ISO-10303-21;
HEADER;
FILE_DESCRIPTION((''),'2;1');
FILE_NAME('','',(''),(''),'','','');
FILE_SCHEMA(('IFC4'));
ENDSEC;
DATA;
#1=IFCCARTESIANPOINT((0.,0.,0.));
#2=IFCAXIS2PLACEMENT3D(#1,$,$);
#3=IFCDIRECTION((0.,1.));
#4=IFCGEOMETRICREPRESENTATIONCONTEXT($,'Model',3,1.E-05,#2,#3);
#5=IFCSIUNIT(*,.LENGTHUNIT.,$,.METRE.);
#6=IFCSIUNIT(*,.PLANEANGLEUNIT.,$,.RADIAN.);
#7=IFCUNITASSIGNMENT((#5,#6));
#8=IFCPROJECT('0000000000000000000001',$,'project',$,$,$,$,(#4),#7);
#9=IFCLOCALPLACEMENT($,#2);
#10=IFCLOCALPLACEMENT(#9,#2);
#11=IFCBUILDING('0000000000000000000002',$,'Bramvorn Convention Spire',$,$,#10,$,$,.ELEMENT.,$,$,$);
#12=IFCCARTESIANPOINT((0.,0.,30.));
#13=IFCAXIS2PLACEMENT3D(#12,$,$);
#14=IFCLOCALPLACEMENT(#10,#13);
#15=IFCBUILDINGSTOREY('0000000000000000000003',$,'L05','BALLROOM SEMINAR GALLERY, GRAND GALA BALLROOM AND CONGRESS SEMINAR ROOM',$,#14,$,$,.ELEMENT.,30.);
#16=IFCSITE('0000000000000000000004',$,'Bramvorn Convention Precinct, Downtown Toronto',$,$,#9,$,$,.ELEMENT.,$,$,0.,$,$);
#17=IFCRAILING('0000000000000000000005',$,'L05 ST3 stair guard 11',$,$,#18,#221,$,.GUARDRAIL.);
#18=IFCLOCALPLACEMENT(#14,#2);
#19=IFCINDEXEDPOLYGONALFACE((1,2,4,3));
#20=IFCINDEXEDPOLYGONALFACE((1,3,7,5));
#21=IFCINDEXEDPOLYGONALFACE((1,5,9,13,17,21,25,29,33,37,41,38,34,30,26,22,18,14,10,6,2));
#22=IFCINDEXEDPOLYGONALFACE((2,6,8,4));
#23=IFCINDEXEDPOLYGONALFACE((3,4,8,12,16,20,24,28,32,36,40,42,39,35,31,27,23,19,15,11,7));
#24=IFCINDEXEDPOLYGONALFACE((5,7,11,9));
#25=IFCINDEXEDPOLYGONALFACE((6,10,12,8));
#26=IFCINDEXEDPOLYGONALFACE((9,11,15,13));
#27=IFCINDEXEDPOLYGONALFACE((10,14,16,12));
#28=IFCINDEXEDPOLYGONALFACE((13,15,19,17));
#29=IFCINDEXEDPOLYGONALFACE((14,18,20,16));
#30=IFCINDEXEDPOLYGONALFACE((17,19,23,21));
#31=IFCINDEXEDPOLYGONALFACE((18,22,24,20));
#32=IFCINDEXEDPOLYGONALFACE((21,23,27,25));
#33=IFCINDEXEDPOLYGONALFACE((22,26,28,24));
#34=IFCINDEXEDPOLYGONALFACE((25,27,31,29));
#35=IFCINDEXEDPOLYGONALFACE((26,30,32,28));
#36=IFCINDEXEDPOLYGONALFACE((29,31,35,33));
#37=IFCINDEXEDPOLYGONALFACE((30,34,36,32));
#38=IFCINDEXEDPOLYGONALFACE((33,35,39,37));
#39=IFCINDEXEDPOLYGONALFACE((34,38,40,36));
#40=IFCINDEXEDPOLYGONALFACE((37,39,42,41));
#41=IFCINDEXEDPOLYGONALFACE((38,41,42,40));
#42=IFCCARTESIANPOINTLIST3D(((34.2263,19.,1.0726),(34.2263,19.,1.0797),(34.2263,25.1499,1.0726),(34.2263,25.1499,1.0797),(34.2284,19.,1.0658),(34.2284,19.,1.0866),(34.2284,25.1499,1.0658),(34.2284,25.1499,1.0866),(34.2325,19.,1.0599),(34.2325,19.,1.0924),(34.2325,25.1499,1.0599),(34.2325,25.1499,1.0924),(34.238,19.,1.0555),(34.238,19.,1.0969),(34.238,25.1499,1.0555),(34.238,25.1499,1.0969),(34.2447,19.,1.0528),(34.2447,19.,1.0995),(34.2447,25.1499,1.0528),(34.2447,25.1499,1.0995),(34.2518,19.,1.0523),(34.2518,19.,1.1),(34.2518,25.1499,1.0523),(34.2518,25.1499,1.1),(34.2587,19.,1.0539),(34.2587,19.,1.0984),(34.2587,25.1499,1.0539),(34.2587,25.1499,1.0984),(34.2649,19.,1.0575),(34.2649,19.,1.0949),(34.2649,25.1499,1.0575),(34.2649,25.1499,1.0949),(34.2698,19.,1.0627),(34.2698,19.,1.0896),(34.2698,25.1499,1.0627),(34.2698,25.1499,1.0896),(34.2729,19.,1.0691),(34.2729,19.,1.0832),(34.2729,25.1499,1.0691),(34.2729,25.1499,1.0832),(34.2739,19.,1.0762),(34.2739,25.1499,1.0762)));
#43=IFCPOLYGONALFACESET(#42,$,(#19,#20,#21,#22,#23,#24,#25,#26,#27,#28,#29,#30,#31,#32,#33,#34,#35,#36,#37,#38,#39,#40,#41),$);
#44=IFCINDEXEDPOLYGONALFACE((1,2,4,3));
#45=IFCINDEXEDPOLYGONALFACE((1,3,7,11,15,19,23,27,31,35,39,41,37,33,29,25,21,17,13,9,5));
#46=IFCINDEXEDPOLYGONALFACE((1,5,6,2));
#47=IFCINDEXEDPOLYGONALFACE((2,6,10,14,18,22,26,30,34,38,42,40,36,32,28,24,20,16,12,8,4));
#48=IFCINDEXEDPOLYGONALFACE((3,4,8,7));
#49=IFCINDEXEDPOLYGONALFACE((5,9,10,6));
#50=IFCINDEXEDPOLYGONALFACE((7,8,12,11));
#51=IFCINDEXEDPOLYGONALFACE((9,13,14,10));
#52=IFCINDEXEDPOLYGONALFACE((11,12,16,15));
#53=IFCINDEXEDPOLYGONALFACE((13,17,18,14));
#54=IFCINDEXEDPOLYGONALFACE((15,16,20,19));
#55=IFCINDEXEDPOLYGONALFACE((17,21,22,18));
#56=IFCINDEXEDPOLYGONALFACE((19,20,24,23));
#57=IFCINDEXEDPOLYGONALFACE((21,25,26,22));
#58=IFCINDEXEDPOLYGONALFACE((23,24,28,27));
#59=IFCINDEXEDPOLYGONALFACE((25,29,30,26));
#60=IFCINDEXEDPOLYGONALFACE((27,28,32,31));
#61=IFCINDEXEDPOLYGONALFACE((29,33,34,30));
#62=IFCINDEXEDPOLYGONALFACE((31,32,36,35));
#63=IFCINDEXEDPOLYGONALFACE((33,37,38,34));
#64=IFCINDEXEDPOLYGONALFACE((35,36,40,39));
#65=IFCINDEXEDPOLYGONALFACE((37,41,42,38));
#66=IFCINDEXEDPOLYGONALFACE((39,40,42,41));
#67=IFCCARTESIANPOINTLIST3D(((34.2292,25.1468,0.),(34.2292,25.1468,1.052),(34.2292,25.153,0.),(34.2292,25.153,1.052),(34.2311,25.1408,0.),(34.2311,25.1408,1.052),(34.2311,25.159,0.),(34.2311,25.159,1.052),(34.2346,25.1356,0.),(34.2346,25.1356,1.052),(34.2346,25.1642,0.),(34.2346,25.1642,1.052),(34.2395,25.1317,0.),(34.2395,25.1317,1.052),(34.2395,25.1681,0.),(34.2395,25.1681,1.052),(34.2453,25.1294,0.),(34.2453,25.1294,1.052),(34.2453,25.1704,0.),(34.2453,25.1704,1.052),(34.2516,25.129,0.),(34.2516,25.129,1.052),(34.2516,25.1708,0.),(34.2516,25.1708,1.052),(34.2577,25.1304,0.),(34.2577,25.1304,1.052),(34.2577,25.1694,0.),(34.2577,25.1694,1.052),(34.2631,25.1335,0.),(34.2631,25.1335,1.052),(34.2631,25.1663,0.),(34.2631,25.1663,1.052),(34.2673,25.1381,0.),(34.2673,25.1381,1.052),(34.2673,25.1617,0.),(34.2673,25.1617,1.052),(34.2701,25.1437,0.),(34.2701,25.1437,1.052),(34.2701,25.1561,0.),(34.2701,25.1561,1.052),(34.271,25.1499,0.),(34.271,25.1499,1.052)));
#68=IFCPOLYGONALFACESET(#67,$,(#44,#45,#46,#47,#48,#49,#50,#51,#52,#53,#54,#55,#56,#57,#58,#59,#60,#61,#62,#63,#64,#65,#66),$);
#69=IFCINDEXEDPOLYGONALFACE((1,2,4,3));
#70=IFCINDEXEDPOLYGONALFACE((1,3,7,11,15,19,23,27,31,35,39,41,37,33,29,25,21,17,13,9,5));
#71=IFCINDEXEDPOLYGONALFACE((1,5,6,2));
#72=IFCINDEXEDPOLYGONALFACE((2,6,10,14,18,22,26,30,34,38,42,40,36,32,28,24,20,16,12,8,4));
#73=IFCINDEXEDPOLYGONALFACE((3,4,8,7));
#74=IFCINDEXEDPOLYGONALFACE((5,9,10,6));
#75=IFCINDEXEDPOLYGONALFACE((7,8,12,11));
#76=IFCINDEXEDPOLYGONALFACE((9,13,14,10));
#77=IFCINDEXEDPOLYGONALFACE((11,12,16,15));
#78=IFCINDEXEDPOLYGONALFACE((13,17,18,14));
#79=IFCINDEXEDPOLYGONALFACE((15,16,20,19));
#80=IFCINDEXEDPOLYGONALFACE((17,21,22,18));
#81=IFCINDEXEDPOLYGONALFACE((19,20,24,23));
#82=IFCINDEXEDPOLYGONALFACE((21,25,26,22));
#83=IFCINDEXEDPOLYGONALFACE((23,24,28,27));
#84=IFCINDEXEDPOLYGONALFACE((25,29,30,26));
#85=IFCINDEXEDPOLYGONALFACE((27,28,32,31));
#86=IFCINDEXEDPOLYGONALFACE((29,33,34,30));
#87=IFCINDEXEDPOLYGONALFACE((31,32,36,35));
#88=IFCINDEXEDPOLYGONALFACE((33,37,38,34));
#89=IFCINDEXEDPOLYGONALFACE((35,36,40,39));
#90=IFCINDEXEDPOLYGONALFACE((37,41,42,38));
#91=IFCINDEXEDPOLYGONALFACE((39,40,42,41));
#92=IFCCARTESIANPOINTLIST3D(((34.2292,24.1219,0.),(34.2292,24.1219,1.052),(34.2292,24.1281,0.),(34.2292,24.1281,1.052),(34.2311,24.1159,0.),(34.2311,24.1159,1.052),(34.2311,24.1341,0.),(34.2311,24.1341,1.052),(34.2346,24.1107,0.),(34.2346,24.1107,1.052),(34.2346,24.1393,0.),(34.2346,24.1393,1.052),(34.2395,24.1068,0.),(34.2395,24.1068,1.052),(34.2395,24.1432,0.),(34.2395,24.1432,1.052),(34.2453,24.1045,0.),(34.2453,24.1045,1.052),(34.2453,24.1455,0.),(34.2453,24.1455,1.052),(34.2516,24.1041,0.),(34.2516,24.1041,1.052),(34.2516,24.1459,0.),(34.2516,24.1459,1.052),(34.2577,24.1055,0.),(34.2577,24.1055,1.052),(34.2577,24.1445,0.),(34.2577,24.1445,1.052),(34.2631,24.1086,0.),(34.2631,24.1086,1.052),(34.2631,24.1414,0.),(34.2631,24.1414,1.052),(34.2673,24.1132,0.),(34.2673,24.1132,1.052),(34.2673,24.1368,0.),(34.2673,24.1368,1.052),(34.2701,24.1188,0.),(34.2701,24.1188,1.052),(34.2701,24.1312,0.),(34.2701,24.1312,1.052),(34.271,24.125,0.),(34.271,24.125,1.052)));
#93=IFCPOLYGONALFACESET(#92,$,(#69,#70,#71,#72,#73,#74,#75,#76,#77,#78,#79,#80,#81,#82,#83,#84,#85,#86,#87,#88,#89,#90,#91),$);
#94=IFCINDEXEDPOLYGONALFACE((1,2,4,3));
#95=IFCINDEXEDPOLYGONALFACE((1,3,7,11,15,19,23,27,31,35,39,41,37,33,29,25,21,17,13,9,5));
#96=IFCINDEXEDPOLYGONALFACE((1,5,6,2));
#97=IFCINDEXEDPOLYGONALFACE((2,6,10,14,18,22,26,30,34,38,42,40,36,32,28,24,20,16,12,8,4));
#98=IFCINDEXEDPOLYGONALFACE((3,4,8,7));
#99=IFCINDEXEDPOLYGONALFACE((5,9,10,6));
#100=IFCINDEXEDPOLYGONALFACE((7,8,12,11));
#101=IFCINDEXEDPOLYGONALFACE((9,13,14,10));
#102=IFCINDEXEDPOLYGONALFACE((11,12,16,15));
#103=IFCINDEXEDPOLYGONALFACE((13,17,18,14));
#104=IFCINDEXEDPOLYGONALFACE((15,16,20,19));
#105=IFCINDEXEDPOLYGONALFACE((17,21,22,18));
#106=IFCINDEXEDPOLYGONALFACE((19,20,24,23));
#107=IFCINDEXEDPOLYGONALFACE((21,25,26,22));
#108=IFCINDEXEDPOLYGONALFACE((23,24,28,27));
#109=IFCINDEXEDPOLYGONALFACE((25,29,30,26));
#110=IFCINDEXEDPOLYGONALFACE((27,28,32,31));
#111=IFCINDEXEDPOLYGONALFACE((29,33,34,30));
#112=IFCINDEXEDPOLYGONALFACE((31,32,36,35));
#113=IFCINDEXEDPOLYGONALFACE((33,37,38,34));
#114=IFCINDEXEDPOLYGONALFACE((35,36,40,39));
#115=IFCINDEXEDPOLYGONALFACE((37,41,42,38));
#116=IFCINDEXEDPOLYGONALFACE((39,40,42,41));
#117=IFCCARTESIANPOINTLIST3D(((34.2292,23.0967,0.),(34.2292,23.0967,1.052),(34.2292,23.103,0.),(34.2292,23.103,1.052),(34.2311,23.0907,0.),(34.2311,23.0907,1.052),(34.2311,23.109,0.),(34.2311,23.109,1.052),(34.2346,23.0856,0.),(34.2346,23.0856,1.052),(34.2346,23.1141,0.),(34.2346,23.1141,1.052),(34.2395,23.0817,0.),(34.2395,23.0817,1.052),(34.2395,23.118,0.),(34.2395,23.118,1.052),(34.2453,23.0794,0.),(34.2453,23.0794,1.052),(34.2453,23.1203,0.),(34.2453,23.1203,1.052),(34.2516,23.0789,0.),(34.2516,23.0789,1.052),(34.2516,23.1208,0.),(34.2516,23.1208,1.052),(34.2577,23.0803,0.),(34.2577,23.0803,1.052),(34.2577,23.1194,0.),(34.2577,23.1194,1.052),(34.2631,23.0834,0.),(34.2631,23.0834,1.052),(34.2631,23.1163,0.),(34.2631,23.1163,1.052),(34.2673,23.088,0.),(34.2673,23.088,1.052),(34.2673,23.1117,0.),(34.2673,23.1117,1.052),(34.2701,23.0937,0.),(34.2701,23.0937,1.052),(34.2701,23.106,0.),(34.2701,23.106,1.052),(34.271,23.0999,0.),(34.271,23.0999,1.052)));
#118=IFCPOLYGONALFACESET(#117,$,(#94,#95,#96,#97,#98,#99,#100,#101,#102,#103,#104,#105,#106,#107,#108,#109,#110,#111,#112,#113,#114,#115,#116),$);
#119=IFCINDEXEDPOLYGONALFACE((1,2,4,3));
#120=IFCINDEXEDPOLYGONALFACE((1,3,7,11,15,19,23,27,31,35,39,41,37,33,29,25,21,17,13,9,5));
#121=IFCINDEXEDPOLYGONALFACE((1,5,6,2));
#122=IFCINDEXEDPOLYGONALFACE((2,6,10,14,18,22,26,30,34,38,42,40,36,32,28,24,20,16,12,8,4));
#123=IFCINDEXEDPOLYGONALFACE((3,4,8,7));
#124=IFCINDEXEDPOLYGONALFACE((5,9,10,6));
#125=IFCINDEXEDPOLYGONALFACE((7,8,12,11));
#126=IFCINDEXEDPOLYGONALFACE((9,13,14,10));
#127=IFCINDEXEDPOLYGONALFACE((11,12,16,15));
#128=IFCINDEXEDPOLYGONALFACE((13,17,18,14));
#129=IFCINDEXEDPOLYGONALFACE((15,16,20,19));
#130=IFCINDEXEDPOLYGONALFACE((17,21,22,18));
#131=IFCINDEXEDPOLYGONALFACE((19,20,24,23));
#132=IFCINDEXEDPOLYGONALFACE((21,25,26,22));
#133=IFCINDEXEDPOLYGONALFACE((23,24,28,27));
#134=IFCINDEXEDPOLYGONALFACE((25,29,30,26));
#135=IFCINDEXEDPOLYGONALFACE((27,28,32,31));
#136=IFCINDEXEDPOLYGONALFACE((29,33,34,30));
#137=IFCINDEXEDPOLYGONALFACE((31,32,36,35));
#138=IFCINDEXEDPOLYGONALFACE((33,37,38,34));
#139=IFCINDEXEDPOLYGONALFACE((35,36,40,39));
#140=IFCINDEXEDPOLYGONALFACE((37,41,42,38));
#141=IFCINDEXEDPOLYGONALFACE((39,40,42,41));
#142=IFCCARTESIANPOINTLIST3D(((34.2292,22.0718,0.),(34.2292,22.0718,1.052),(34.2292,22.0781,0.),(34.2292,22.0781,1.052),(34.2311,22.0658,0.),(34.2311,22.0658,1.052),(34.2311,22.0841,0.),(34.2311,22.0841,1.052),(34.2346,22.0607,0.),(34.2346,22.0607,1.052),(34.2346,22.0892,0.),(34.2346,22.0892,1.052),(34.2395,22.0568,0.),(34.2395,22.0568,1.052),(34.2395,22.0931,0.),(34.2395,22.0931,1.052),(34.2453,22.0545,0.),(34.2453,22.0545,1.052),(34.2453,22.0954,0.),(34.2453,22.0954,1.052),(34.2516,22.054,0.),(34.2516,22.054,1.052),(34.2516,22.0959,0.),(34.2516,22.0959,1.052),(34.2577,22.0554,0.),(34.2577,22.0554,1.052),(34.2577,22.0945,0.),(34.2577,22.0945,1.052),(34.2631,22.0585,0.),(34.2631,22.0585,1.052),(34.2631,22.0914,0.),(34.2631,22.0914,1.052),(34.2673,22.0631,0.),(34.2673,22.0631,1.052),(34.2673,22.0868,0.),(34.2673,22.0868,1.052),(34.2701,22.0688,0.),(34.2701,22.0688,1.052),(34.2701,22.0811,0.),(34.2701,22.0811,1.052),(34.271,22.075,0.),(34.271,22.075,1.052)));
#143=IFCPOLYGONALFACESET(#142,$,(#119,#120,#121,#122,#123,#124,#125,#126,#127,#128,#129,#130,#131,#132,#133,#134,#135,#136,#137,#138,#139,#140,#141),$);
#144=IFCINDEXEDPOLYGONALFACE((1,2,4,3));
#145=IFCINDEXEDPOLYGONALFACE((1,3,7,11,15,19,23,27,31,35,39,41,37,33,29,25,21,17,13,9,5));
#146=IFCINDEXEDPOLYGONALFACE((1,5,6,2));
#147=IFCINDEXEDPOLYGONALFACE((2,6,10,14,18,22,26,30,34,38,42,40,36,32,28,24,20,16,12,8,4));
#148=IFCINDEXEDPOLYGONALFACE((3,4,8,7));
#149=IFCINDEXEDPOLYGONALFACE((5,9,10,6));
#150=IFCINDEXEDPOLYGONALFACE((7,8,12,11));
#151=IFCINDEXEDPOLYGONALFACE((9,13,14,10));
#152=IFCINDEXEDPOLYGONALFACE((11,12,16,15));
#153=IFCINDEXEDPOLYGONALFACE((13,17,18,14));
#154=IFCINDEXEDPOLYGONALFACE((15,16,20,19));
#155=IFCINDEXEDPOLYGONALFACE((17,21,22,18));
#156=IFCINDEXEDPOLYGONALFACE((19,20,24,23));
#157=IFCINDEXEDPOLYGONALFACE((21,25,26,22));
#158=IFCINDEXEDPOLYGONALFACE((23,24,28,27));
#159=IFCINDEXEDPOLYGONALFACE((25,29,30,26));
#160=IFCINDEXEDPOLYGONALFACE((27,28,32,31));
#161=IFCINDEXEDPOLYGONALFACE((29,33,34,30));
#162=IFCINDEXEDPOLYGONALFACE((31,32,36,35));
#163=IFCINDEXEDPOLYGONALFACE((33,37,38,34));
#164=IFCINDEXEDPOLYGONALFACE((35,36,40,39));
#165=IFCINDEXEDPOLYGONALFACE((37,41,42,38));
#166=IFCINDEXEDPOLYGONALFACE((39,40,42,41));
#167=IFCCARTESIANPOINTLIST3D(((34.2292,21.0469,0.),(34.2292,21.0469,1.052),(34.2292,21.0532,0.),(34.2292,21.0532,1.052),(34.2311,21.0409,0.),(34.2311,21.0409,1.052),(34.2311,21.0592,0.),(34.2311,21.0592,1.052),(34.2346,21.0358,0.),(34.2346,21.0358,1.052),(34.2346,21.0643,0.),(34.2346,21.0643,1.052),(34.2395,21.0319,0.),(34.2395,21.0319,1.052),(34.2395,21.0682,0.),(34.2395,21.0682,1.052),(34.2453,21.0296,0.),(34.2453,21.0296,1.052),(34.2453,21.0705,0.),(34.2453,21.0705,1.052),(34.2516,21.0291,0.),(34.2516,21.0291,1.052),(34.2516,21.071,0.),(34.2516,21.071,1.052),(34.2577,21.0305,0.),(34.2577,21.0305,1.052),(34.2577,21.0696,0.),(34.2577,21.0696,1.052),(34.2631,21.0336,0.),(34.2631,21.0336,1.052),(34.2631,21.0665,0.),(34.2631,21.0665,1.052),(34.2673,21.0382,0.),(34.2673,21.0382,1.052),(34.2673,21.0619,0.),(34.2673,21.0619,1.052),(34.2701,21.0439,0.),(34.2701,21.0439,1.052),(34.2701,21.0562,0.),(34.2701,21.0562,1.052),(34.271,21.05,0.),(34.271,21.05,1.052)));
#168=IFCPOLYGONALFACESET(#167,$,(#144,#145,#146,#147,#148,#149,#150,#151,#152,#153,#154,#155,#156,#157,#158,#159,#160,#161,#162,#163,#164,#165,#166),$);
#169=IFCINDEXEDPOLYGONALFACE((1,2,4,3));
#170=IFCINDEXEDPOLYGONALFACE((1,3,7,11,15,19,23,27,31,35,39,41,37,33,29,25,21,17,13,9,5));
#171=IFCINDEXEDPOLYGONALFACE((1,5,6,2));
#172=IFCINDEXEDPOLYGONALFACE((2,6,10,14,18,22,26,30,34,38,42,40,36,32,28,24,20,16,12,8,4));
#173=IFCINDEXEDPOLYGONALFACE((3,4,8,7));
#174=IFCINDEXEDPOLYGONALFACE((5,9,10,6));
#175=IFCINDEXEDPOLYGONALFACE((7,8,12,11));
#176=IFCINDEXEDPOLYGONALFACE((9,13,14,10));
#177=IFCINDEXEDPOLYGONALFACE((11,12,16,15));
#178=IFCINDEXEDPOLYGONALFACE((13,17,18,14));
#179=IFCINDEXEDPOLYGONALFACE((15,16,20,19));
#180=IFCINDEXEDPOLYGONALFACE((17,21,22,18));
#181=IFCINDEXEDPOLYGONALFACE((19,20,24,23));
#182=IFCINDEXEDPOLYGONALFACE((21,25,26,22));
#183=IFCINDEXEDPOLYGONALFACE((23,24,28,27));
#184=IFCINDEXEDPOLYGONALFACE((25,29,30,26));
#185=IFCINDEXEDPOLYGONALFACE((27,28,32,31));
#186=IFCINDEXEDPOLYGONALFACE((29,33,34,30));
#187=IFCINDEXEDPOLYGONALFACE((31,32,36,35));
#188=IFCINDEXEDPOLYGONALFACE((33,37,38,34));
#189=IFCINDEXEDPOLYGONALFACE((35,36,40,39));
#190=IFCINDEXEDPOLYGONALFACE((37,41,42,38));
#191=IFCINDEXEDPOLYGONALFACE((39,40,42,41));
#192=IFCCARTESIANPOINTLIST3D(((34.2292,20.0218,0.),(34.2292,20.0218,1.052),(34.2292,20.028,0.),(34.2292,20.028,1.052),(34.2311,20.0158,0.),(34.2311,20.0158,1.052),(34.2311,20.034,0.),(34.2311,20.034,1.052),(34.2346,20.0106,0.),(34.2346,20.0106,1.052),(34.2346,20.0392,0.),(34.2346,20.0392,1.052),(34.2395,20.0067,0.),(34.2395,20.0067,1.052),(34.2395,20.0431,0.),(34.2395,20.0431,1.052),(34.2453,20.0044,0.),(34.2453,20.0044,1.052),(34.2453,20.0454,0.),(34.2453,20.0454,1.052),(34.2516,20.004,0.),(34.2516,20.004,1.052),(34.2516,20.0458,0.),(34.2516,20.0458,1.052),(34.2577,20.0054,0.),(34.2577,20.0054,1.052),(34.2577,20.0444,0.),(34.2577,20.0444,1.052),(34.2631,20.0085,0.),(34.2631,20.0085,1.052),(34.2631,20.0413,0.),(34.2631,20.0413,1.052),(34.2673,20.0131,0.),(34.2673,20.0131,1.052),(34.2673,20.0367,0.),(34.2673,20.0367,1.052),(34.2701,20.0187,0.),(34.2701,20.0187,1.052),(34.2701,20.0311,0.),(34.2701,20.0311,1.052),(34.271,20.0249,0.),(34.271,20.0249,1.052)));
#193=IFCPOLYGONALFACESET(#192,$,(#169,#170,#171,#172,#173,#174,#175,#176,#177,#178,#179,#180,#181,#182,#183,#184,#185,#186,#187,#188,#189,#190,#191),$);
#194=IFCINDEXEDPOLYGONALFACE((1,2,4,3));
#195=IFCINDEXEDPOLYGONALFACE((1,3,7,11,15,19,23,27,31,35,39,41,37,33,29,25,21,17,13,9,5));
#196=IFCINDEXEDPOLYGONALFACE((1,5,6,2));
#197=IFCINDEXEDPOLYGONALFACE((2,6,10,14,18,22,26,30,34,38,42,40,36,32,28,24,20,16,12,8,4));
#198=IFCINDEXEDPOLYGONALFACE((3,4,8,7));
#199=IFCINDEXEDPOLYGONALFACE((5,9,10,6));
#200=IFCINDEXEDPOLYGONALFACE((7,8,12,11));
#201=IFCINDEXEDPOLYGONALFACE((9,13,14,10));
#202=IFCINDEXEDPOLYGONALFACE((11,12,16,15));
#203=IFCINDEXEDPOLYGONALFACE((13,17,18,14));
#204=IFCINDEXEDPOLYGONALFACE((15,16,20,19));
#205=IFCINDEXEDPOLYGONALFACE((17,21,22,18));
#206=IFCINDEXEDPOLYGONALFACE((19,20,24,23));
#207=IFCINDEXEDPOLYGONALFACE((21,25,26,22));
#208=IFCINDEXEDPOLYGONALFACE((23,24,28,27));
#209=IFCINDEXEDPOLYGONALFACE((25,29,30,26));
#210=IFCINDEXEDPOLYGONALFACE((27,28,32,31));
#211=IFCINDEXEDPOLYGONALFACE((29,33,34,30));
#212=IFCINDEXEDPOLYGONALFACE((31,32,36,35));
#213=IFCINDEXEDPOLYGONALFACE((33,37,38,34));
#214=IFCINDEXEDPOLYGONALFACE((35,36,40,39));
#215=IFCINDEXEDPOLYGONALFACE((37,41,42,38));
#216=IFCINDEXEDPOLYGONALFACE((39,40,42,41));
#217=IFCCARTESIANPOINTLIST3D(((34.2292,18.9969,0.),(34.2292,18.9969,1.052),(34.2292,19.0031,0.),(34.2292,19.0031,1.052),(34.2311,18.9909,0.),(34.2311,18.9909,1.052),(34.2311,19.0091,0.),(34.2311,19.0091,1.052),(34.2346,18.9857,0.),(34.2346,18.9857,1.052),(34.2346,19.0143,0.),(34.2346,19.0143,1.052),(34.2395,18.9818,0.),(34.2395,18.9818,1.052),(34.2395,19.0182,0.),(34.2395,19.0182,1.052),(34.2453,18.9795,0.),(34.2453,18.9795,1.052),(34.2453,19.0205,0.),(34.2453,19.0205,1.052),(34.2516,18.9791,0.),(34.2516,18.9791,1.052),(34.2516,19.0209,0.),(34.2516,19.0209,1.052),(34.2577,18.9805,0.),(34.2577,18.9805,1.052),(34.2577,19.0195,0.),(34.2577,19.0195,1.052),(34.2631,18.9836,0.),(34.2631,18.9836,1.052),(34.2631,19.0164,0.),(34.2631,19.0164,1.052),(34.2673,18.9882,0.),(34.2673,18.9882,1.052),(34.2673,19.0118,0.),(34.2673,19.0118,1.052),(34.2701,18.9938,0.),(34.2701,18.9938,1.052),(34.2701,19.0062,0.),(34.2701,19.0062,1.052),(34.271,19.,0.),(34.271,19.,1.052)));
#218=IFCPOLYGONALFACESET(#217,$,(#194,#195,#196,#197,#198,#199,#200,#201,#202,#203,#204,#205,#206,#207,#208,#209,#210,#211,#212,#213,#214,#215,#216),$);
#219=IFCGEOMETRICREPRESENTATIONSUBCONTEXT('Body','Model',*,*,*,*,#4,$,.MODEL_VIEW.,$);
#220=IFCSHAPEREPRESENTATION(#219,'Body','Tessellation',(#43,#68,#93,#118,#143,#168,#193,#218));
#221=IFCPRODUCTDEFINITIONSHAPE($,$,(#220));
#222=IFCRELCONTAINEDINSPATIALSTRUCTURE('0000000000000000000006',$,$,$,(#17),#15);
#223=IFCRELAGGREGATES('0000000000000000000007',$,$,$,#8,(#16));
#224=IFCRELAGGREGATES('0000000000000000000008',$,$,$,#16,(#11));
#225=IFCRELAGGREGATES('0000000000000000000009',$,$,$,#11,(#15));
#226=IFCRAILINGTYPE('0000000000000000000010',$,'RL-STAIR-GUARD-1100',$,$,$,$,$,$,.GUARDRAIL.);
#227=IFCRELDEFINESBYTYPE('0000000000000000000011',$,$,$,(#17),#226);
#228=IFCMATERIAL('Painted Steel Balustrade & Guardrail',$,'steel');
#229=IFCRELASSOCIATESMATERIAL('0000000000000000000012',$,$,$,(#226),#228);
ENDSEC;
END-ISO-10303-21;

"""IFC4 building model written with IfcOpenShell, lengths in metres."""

from ifc_helpers import new_model, si_unit, direction, frame, origin, origin_2d, place, context, subcontext, project, spatial, circle, extrude, material, type_object, element, save


model = new_model("IFC4")

# Units and contexts
model_context = context("Model", 3, precision=1e-05, world=origin(), true_north=direction((0.0, 1.0)))
body_context = subcontext(model_context, "Body", "Model", "MODEL_VIEW")
ifc_project = project(units=[si_unit("LENGTHUNIT", "METRE"), si_unit("PLANEANGLEUNIT", "RADIAN")], contexts=[model_context])

# Site, building, storey
site_placement = place(None, origin())
site = spatial("IfcSite", under=ifc_project, at=site_placement, Name="Bramvorn Convention Precinct, Downtown Toronto", CompositionType="ELEMENT", RefElevation=0.0)
building_placement = place(site_placement, origin())
building = spatial("IfcBuilding", under=site, at=building_placement, Name="Bramvorn Convention Spire", CompositionType="ELEMENT")
storey_placement = place(building_placement, frame((0.0, 0.0, 30.0)))
storey = spatial("IfcBuildingStorey", under=building, at=storey_placement, Name="L05", Description="BALLROOM SEMINAR GALLERY, GRAND GALA BALLROOM AND CONGRESS SEMINAR ROOM", CompositionType="ELEMENT", Elevation=30.0)

# Railing
ifc_material_1 = material(Name="Painted Steel Balustrade & Guardrail", Category="steel")
railing_type_1 = type_object("IfcRailingType", Name="RL-STAIR-GUARD-1100", PredefinedType="GUARDRAIL", material=ifc_material_1)
railing_1_placement = place(storey_placement, frame((34.25, 25.1499, 0.0)))
element("IfcRailing", 1, at=railing_1_placement, inside=storey, type_object=railing_type_1, Name="L05 ST3 stair guard 11", PredefinedType="GUARDRAIL", context=body_context, shape_type="SweptSolid", body=[
    extrude(circle(Radius=0.0239, at=origin_2d()), frame((0.0, 0.0, 1.0762), z_axis=(0.0, -1.0, 0.0), x_axis=(1.0, 0.0, 0.0)), (0.0, 0.0, 1.0), 6.1499),
    extrude(circle(Radius=0.021, at=origin_2d()), origin(), (0.0, 0.0, 1.0), 1.052),
    extrude(circle(Radius=0.021, at=origin_2d()), frame((0.0, -1.0249, 0.0)), (0.0, 0.0, 1.0), 1.052),
    extrude(circle(Radius=0.021, at=origin_2d()), frame((0.0, -2.05, 0.0)), (0.0, 0.0, 1.0), 1.052),
    extrude(circle(Radius=0.021, at=origin_2d()), frame((0.0, -3.075, 0.0)), (0.0, 0.0, 1.0), 1.052),
    extrude(circle(Radius=0.021, at=origin_2d()), frame((0.0, -4.0999, 0.0)), (0.0, 0.0, 1.0), 1.052),
    extrude(circle(Radius=0.021, at=origin_2d()), frame((0.0, -5.125, 0.0)), (0.0, 0.0, 1.0), 1.052),
    extrude(circle(Radius=0.021, at=origin_2d()), frame((0.0, -6.1499, 0.0)), (0.0, 0.0, 1.0), 1.052),
])

save(model, "model.ifc")
